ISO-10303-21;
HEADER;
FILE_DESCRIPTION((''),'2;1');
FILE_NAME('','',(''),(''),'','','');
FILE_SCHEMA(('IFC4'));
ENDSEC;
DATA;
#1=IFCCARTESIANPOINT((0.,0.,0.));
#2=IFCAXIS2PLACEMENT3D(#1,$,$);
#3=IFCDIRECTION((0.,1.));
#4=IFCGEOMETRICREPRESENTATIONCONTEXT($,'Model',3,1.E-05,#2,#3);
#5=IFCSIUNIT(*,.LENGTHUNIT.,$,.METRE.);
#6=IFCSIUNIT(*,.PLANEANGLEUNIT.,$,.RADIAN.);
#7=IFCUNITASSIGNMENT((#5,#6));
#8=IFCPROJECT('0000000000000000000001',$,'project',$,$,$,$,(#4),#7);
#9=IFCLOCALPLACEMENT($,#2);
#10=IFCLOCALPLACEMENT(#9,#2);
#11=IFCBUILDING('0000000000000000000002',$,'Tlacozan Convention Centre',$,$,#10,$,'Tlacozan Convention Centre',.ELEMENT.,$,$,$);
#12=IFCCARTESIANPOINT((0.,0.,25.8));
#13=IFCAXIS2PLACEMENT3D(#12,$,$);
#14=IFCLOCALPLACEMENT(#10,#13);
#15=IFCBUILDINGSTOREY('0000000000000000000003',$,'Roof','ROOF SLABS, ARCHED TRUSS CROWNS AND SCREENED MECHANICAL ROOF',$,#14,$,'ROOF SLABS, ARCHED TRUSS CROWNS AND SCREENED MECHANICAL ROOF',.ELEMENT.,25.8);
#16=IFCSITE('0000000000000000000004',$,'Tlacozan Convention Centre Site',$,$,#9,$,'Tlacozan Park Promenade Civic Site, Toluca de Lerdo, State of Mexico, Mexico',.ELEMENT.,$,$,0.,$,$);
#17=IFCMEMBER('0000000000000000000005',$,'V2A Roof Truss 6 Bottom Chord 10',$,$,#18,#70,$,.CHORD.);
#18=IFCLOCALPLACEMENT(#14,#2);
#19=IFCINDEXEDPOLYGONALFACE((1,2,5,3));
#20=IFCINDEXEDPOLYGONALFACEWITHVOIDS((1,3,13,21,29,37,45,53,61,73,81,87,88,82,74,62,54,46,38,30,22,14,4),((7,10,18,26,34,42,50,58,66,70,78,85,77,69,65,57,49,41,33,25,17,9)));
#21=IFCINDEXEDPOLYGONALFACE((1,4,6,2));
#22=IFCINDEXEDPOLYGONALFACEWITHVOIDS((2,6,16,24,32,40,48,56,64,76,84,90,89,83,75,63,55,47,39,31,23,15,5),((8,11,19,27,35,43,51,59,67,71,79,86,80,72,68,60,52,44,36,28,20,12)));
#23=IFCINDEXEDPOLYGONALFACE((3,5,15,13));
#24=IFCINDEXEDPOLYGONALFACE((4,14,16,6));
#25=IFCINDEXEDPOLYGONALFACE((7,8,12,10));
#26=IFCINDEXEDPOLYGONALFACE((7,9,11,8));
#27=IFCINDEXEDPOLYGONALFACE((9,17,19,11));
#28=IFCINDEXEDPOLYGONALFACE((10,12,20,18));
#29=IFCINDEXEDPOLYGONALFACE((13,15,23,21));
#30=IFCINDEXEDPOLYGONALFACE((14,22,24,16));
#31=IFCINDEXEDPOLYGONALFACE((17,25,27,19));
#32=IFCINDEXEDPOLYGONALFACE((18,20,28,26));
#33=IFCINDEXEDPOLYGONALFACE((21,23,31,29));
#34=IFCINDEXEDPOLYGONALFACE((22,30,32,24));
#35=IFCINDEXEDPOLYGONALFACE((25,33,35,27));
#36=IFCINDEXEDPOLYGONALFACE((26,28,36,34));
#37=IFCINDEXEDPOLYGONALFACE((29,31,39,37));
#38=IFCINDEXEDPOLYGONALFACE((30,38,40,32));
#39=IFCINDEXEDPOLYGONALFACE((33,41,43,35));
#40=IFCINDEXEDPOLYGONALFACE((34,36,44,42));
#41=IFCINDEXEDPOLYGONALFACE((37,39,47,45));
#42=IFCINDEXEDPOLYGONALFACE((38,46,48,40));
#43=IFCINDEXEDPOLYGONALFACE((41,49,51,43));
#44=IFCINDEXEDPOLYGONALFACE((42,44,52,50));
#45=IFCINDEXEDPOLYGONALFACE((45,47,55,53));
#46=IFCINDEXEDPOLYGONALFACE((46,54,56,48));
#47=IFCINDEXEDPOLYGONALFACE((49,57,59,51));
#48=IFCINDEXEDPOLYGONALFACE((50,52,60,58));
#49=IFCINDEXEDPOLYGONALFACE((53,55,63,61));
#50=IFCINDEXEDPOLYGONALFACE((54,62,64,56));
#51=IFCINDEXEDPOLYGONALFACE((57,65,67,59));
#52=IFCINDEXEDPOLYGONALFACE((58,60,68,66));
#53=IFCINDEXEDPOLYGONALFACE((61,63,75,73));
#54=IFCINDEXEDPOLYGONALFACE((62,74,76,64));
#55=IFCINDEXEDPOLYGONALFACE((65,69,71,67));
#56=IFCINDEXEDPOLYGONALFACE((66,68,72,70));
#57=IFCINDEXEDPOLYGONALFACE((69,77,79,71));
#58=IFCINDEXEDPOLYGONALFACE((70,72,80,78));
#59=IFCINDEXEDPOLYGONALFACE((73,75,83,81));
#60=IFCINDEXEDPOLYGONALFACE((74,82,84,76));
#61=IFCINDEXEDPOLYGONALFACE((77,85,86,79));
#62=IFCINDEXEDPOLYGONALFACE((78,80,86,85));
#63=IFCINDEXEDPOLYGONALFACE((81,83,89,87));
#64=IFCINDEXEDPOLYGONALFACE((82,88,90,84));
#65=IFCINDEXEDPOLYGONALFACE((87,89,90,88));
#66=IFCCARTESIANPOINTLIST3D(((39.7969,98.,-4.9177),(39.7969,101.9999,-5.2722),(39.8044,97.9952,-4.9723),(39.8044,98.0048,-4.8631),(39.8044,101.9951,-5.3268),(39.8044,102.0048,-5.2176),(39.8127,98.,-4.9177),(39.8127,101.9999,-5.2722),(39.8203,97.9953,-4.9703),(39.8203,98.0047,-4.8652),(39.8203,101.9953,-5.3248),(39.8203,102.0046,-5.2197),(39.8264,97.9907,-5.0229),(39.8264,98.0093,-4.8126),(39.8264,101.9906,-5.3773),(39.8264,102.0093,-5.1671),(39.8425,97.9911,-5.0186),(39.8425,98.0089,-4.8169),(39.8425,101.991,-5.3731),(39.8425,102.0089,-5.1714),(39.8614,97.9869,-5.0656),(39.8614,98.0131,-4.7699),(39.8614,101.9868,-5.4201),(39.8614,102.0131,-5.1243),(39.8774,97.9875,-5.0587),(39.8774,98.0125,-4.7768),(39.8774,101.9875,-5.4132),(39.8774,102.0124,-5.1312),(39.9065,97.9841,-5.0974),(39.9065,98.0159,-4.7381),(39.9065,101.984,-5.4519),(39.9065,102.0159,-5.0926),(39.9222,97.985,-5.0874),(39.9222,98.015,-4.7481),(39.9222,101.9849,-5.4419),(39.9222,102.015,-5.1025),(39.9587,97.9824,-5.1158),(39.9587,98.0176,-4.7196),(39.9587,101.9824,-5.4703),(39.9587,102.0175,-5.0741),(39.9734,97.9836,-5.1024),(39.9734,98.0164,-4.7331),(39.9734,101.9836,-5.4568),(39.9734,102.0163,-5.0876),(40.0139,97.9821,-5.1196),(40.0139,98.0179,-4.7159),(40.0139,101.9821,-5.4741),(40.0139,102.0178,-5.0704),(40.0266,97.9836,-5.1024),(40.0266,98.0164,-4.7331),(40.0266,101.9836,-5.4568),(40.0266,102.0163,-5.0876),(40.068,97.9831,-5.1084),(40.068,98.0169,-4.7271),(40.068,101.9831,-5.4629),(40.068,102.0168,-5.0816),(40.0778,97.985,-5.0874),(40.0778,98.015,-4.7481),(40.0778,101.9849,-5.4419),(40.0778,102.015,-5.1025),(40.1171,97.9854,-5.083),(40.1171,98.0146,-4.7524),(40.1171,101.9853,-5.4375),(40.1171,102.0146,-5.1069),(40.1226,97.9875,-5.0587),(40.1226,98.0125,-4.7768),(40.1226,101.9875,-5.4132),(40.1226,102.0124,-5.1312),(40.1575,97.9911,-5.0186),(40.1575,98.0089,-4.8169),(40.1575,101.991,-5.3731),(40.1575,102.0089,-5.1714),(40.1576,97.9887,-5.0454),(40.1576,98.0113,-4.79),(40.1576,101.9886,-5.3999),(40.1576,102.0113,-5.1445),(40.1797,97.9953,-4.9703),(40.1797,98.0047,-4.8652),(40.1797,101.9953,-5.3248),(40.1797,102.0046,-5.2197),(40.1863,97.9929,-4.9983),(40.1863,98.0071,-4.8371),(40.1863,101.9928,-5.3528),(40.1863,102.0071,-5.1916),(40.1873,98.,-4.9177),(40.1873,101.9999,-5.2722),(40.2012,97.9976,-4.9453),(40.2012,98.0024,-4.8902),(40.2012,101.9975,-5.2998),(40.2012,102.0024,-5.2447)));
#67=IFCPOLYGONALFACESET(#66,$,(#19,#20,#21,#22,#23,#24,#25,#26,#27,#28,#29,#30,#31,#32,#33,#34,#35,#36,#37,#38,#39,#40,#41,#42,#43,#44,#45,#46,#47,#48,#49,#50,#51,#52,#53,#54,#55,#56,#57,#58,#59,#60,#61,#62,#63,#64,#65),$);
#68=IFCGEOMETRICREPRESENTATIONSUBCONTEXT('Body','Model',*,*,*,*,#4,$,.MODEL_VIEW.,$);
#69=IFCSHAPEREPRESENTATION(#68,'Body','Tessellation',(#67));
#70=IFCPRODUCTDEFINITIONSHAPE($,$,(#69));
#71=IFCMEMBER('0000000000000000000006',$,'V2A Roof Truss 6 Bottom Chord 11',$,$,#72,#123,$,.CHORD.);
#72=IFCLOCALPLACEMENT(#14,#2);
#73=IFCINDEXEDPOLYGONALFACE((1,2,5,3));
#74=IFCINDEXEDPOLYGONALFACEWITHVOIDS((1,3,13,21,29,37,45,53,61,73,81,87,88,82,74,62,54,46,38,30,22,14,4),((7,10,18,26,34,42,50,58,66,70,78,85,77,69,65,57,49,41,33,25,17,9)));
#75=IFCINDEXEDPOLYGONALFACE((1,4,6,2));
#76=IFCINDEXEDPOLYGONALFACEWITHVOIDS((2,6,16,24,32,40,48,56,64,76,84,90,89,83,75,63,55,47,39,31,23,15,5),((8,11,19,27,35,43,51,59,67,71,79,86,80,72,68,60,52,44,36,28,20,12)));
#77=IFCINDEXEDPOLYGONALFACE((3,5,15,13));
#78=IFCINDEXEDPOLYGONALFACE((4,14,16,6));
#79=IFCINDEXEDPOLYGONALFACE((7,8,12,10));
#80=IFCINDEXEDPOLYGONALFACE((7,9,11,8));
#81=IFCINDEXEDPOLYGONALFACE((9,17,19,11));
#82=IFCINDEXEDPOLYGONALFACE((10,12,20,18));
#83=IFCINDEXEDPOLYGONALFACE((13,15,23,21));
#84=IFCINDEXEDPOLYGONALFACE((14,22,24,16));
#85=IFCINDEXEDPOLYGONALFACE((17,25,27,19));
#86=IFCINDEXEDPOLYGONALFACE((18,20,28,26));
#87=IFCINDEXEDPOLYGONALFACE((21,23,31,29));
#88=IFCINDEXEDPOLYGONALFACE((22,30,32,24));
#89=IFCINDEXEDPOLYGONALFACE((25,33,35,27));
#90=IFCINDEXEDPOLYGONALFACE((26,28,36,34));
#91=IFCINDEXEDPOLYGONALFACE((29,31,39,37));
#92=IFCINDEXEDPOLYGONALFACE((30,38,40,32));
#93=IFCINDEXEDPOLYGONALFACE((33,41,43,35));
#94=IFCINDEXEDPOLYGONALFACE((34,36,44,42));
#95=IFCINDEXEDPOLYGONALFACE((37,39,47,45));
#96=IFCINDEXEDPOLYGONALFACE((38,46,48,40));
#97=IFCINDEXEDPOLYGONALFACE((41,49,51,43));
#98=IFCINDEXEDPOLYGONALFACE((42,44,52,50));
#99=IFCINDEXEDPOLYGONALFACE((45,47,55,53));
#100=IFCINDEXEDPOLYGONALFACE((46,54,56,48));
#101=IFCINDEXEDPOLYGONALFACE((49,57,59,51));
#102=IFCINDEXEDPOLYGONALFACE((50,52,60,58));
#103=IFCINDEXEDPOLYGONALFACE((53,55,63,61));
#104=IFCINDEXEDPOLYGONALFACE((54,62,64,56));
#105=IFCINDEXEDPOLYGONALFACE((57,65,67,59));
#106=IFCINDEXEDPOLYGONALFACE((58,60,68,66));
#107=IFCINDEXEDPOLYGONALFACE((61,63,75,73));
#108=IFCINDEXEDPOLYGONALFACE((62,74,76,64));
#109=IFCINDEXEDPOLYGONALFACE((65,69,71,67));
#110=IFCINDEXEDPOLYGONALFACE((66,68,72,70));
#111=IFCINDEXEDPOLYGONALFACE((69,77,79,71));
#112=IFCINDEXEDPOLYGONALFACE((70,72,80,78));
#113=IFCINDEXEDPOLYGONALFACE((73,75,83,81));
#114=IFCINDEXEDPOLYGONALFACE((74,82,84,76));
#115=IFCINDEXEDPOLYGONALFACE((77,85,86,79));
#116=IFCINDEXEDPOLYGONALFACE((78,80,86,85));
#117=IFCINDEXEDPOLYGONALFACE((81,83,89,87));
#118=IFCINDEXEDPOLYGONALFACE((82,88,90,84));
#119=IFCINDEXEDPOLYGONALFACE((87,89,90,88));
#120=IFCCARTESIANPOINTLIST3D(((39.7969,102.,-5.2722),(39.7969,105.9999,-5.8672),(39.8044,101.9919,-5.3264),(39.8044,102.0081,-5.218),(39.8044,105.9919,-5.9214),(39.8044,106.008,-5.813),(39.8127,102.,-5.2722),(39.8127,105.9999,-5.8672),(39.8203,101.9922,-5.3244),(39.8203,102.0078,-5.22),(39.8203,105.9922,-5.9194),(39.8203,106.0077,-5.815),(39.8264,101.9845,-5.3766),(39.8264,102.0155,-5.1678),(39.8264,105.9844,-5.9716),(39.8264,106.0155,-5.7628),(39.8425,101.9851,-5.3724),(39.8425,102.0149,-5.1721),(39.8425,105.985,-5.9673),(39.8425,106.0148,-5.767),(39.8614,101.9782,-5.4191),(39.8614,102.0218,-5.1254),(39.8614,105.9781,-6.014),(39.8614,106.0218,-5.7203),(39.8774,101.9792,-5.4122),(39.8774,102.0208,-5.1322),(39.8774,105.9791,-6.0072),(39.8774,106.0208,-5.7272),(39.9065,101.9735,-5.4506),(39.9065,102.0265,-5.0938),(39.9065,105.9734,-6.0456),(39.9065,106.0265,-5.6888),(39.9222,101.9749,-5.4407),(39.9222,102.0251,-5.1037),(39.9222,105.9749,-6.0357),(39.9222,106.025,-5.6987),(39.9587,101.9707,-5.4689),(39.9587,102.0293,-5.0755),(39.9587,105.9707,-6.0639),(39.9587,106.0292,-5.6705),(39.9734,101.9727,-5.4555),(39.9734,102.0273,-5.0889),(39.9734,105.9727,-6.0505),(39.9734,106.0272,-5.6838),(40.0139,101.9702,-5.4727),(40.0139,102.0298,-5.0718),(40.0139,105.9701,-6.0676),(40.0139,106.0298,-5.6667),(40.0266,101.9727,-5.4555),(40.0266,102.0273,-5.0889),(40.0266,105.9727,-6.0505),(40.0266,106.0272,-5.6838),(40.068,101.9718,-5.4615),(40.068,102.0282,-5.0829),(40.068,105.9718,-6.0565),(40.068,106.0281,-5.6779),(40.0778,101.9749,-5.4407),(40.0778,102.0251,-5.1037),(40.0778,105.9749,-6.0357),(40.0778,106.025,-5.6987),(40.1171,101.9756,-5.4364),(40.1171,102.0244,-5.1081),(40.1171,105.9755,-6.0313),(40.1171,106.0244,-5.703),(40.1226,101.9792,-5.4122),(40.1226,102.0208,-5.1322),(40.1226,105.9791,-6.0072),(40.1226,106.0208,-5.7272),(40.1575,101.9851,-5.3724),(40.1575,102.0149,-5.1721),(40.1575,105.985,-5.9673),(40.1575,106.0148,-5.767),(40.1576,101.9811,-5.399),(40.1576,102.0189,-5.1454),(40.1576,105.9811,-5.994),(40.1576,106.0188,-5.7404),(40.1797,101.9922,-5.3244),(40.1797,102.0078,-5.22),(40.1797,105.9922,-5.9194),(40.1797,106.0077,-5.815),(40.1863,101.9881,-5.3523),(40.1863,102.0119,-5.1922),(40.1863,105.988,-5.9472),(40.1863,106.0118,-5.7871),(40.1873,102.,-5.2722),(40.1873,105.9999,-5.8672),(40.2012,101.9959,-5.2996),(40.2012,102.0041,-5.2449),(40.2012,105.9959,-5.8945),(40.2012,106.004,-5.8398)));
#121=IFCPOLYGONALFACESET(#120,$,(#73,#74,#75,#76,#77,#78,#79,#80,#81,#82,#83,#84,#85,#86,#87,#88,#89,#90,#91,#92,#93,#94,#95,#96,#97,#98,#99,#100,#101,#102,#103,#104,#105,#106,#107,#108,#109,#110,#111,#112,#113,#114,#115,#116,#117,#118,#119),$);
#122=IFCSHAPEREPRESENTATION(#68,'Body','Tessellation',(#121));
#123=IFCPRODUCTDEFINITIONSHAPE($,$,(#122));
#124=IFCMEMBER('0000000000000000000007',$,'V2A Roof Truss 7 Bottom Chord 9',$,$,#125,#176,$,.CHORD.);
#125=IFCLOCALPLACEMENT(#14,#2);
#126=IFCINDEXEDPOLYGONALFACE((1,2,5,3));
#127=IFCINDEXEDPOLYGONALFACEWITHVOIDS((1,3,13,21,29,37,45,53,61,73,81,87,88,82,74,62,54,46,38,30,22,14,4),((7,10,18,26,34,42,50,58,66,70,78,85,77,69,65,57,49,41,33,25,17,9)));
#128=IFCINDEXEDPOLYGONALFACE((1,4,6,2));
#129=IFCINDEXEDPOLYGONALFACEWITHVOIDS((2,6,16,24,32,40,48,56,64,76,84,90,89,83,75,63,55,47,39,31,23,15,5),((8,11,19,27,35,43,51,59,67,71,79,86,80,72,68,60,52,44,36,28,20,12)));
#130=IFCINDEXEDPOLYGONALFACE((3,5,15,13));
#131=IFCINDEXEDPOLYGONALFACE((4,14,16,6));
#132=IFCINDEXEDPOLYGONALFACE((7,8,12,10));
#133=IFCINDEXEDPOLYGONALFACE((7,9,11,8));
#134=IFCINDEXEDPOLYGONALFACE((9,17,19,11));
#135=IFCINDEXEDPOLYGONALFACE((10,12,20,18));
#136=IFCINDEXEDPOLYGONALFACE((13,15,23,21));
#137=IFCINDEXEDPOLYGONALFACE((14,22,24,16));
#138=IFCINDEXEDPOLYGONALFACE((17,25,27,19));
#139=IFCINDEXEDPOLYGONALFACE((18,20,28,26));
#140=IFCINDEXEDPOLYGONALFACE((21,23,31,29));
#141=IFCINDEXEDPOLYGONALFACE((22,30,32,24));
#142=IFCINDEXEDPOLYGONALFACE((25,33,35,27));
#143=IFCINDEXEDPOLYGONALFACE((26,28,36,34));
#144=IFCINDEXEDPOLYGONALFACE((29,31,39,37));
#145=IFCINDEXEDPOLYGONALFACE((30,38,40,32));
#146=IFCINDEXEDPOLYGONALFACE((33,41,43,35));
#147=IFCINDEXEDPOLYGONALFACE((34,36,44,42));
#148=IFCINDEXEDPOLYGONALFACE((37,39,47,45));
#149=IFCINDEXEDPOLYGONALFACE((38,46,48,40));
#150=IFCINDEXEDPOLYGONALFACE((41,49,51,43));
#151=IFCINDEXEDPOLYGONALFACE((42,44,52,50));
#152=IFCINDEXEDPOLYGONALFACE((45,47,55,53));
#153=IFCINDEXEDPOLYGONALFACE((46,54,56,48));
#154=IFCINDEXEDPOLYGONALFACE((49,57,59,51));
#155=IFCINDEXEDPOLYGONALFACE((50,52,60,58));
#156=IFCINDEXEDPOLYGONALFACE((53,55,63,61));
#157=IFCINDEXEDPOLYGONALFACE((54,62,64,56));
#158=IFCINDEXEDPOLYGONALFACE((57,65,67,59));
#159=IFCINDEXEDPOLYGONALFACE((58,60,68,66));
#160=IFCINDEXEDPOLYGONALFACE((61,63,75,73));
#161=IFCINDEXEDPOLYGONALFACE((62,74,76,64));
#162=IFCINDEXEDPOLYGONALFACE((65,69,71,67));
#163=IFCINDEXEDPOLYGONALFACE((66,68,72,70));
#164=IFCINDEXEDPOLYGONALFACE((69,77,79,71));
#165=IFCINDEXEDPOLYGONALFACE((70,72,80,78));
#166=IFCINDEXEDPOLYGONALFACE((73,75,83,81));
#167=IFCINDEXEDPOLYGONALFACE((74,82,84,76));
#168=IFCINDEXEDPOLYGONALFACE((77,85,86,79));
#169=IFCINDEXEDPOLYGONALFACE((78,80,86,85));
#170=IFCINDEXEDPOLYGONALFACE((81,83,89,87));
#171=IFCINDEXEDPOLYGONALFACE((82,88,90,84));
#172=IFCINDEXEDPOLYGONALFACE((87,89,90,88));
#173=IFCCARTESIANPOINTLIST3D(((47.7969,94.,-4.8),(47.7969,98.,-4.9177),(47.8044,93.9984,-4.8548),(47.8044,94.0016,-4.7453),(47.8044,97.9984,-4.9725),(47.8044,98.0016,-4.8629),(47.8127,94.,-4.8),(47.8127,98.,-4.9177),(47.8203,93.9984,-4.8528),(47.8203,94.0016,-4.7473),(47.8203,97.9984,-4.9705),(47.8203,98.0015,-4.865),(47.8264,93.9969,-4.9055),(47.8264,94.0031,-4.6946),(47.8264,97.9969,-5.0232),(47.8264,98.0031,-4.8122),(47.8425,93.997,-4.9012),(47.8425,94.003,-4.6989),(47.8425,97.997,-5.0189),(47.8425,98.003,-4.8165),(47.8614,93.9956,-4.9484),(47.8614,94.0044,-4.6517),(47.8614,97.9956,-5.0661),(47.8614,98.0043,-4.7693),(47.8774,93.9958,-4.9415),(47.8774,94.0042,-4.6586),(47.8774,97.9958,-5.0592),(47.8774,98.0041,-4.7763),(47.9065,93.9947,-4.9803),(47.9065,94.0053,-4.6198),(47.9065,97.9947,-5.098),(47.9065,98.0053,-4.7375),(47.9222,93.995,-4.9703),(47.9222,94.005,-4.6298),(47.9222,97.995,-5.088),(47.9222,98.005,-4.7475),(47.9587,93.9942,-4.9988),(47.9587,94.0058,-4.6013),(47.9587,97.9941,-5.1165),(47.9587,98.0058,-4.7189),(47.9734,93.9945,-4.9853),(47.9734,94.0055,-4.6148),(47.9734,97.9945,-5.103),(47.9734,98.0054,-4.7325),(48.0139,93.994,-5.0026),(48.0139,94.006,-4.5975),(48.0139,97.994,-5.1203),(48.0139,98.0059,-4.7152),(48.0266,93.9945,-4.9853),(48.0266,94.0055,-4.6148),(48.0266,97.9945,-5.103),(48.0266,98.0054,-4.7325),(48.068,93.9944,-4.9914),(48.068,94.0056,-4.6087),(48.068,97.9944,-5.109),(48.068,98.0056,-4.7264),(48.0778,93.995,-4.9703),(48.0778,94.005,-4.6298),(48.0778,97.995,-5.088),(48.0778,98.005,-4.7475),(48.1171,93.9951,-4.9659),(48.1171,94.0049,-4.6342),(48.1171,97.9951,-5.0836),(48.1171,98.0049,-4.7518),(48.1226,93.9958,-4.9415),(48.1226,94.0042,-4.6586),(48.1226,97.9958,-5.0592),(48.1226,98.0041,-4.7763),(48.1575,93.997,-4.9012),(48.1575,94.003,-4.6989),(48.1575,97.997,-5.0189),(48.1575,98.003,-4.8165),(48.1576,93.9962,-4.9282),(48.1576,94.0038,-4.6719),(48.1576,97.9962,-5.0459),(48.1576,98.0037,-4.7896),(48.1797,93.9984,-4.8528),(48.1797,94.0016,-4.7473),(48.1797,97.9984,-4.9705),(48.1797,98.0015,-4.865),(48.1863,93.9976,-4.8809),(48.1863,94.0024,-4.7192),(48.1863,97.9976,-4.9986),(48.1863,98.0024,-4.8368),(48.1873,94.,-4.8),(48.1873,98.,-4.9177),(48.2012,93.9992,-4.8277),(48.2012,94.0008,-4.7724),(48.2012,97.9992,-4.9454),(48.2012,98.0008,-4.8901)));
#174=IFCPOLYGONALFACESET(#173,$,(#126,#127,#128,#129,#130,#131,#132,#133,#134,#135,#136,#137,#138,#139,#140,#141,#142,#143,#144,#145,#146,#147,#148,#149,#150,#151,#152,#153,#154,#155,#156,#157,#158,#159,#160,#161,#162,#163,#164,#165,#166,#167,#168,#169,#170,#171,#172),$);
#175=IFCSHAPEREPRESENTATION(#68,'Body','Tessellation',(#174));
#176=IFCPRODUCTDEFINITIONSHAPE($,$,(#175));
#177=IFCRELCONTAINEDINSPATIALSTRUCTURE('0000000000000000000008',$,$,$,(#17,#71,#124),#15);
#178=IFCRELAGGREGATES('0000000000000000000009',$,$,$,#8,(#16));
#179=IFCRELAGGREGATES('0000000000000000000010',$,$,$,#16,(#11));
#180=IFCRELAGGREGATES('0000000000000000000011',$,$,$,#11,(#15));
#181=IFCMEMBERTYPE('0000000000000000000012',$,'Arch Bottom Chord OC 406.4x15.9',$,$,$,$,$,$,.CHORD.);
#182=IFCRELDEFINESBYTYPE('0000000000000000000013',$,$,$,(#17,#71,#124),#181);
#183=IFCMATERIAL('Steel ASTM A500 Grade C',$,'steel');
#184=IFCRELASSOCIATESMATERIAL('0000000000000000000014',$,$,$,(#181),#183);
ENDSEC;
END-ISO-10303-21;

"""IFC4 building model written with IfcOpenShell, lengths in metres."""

from ifc_helpers import new_model, si_unit, direction, frame, origin, origin_2d, place, context, subcontext, project, spatial, hollow_circle, extrude, material, material_profile, profile_set, type_object, element, save


model = new_model("IFC4")

# Units and contexts
model_context = context("Model", 3, precision=1e-05, world=origin(), true_north=direction((0.0, 1.0)))
body_context = subcontext(model_context, "Body", "Model", "MODEL_VIEW")
ifc_project = project(units=[si_unit("LENGTHUNIT", "METRE"), si_unit("PLANEANGLEUNIT", "RADIAN")], contexts=[model_context])

# Site, building, storey
site_placement = place(None, origin())
site = spatial("IfcSite", under=ifc_project, at=site_placement, Name="Tlacozan Convention Centre Site", LongName="Tlacozan Park Promenade Civic Site, Toluca de Lerdo, State of Mexico, Mexico", CompositionType="ELEMENT", RefElevation=0.0)
building_placement = place(site_placement, origin())
building = spatial("IfcBuilding", under=site, at=building_placement, Name="Tlacozan Convention Centre", LongName="Tlacozan Convention Centre", CompositionType="ELEMENT")
storey_placement = place(building_placement, frame((0.0, 0.0, 25.8)))
storey = spatial("IfcBuildingStorey", under=building, at=storey_placement, Name="Roof", Description="ROOF SLABS, ARCHED TRUSS CROWNS AND SCREENED MECHANICAL ROOF", LongName="ROOF SLABS, ARCHED TRUSS CROWNS AND SCREENED MECHANICAL ROOF", CompositionType="ELEMENT", Elevation=25.8)

# Members
ifc_material_1 = material(Name="Steel ASTM A500 Grade C", Category="steel")
ifc_material_profile_1 = material_profile(ifc_material_1, hollow_circle(Radius=0.2031, WallThickness=0.0159, at=origin_2d()), Name="OC 406.4x15.9")
ifc_profile_set_1 = profile_set([ifc_material_profile_1], Name="Steel ASTM A500 Grade C")
member_type_1 = type_object("IfcMemberType", Name="Arch Bottom Chord OC 406.4x15.9", PredefinedType="CHORD", material=ifc_profile_set_1)
member_1_placement = place(storey_placement, frame((40.0, 98.0, -4.9177), z_axis=(0.0, 0.996096, -0.088277), x_axis=(-1.0, 0.0, 0.0)))
element("IfcMember", 1, at=member_1_placement, inside=storey, type_object=member_type_1, Name="V2A Roof Truss 6 Bottom Chord 10", PredefinedType="CHORD", context=body_context, shape_type="SweptSolid", body=[
    extrude(hollow_circle(Radius=0.2031, WallThickness=0.0159, at=origin_2d()), origin(), (0.0, 0.0, 1.0), 4.0156),
])
member_2_placement = place(storey_placement, frame((40.0, 102.0, -5.2722), z_axis=(0.0, 0.989118, -0.147124), x_axis=(-1.0, 0.0, 0.0)))
element("IfcMember", 2, at=member_2_placement, inside=storey, type_object=member_type_1, Name="V2A Roof Truss 6 Bottom Chord 11", PredefinedType="CHORD", context=body_context, shape_type="SweptSolid", body=[
    extrude(hollow_circle(Radius=0.2031, WallThickness=0.0159, at=origin_2d()), origin(), (0.0, 0.0, 1.0), 4.0439),
])
member_3_placement = place(storey_placement, frame((48.0, 94.0, -4.8), z_axis=(0.0, 0.999568, -0.029406), x_axis=(-1.0, 0.0, 0.0)))
element("IfcMember", 3, at=member_3_placement, inside=storey, type_object=member_type_1, Name="V2A Roof Truss 7 Bottom Chord 9", PredefinedType="CHORD", context=body_context, shape_type="SweptSolid", body=[
    extrude(hollow_circle(Radius=0.2031, WallThickness=0.0159, at=origin_2d()), origin(), (0.0, 0.0, 1.0), 4.0017),
])

save(model, "model.ifc")
